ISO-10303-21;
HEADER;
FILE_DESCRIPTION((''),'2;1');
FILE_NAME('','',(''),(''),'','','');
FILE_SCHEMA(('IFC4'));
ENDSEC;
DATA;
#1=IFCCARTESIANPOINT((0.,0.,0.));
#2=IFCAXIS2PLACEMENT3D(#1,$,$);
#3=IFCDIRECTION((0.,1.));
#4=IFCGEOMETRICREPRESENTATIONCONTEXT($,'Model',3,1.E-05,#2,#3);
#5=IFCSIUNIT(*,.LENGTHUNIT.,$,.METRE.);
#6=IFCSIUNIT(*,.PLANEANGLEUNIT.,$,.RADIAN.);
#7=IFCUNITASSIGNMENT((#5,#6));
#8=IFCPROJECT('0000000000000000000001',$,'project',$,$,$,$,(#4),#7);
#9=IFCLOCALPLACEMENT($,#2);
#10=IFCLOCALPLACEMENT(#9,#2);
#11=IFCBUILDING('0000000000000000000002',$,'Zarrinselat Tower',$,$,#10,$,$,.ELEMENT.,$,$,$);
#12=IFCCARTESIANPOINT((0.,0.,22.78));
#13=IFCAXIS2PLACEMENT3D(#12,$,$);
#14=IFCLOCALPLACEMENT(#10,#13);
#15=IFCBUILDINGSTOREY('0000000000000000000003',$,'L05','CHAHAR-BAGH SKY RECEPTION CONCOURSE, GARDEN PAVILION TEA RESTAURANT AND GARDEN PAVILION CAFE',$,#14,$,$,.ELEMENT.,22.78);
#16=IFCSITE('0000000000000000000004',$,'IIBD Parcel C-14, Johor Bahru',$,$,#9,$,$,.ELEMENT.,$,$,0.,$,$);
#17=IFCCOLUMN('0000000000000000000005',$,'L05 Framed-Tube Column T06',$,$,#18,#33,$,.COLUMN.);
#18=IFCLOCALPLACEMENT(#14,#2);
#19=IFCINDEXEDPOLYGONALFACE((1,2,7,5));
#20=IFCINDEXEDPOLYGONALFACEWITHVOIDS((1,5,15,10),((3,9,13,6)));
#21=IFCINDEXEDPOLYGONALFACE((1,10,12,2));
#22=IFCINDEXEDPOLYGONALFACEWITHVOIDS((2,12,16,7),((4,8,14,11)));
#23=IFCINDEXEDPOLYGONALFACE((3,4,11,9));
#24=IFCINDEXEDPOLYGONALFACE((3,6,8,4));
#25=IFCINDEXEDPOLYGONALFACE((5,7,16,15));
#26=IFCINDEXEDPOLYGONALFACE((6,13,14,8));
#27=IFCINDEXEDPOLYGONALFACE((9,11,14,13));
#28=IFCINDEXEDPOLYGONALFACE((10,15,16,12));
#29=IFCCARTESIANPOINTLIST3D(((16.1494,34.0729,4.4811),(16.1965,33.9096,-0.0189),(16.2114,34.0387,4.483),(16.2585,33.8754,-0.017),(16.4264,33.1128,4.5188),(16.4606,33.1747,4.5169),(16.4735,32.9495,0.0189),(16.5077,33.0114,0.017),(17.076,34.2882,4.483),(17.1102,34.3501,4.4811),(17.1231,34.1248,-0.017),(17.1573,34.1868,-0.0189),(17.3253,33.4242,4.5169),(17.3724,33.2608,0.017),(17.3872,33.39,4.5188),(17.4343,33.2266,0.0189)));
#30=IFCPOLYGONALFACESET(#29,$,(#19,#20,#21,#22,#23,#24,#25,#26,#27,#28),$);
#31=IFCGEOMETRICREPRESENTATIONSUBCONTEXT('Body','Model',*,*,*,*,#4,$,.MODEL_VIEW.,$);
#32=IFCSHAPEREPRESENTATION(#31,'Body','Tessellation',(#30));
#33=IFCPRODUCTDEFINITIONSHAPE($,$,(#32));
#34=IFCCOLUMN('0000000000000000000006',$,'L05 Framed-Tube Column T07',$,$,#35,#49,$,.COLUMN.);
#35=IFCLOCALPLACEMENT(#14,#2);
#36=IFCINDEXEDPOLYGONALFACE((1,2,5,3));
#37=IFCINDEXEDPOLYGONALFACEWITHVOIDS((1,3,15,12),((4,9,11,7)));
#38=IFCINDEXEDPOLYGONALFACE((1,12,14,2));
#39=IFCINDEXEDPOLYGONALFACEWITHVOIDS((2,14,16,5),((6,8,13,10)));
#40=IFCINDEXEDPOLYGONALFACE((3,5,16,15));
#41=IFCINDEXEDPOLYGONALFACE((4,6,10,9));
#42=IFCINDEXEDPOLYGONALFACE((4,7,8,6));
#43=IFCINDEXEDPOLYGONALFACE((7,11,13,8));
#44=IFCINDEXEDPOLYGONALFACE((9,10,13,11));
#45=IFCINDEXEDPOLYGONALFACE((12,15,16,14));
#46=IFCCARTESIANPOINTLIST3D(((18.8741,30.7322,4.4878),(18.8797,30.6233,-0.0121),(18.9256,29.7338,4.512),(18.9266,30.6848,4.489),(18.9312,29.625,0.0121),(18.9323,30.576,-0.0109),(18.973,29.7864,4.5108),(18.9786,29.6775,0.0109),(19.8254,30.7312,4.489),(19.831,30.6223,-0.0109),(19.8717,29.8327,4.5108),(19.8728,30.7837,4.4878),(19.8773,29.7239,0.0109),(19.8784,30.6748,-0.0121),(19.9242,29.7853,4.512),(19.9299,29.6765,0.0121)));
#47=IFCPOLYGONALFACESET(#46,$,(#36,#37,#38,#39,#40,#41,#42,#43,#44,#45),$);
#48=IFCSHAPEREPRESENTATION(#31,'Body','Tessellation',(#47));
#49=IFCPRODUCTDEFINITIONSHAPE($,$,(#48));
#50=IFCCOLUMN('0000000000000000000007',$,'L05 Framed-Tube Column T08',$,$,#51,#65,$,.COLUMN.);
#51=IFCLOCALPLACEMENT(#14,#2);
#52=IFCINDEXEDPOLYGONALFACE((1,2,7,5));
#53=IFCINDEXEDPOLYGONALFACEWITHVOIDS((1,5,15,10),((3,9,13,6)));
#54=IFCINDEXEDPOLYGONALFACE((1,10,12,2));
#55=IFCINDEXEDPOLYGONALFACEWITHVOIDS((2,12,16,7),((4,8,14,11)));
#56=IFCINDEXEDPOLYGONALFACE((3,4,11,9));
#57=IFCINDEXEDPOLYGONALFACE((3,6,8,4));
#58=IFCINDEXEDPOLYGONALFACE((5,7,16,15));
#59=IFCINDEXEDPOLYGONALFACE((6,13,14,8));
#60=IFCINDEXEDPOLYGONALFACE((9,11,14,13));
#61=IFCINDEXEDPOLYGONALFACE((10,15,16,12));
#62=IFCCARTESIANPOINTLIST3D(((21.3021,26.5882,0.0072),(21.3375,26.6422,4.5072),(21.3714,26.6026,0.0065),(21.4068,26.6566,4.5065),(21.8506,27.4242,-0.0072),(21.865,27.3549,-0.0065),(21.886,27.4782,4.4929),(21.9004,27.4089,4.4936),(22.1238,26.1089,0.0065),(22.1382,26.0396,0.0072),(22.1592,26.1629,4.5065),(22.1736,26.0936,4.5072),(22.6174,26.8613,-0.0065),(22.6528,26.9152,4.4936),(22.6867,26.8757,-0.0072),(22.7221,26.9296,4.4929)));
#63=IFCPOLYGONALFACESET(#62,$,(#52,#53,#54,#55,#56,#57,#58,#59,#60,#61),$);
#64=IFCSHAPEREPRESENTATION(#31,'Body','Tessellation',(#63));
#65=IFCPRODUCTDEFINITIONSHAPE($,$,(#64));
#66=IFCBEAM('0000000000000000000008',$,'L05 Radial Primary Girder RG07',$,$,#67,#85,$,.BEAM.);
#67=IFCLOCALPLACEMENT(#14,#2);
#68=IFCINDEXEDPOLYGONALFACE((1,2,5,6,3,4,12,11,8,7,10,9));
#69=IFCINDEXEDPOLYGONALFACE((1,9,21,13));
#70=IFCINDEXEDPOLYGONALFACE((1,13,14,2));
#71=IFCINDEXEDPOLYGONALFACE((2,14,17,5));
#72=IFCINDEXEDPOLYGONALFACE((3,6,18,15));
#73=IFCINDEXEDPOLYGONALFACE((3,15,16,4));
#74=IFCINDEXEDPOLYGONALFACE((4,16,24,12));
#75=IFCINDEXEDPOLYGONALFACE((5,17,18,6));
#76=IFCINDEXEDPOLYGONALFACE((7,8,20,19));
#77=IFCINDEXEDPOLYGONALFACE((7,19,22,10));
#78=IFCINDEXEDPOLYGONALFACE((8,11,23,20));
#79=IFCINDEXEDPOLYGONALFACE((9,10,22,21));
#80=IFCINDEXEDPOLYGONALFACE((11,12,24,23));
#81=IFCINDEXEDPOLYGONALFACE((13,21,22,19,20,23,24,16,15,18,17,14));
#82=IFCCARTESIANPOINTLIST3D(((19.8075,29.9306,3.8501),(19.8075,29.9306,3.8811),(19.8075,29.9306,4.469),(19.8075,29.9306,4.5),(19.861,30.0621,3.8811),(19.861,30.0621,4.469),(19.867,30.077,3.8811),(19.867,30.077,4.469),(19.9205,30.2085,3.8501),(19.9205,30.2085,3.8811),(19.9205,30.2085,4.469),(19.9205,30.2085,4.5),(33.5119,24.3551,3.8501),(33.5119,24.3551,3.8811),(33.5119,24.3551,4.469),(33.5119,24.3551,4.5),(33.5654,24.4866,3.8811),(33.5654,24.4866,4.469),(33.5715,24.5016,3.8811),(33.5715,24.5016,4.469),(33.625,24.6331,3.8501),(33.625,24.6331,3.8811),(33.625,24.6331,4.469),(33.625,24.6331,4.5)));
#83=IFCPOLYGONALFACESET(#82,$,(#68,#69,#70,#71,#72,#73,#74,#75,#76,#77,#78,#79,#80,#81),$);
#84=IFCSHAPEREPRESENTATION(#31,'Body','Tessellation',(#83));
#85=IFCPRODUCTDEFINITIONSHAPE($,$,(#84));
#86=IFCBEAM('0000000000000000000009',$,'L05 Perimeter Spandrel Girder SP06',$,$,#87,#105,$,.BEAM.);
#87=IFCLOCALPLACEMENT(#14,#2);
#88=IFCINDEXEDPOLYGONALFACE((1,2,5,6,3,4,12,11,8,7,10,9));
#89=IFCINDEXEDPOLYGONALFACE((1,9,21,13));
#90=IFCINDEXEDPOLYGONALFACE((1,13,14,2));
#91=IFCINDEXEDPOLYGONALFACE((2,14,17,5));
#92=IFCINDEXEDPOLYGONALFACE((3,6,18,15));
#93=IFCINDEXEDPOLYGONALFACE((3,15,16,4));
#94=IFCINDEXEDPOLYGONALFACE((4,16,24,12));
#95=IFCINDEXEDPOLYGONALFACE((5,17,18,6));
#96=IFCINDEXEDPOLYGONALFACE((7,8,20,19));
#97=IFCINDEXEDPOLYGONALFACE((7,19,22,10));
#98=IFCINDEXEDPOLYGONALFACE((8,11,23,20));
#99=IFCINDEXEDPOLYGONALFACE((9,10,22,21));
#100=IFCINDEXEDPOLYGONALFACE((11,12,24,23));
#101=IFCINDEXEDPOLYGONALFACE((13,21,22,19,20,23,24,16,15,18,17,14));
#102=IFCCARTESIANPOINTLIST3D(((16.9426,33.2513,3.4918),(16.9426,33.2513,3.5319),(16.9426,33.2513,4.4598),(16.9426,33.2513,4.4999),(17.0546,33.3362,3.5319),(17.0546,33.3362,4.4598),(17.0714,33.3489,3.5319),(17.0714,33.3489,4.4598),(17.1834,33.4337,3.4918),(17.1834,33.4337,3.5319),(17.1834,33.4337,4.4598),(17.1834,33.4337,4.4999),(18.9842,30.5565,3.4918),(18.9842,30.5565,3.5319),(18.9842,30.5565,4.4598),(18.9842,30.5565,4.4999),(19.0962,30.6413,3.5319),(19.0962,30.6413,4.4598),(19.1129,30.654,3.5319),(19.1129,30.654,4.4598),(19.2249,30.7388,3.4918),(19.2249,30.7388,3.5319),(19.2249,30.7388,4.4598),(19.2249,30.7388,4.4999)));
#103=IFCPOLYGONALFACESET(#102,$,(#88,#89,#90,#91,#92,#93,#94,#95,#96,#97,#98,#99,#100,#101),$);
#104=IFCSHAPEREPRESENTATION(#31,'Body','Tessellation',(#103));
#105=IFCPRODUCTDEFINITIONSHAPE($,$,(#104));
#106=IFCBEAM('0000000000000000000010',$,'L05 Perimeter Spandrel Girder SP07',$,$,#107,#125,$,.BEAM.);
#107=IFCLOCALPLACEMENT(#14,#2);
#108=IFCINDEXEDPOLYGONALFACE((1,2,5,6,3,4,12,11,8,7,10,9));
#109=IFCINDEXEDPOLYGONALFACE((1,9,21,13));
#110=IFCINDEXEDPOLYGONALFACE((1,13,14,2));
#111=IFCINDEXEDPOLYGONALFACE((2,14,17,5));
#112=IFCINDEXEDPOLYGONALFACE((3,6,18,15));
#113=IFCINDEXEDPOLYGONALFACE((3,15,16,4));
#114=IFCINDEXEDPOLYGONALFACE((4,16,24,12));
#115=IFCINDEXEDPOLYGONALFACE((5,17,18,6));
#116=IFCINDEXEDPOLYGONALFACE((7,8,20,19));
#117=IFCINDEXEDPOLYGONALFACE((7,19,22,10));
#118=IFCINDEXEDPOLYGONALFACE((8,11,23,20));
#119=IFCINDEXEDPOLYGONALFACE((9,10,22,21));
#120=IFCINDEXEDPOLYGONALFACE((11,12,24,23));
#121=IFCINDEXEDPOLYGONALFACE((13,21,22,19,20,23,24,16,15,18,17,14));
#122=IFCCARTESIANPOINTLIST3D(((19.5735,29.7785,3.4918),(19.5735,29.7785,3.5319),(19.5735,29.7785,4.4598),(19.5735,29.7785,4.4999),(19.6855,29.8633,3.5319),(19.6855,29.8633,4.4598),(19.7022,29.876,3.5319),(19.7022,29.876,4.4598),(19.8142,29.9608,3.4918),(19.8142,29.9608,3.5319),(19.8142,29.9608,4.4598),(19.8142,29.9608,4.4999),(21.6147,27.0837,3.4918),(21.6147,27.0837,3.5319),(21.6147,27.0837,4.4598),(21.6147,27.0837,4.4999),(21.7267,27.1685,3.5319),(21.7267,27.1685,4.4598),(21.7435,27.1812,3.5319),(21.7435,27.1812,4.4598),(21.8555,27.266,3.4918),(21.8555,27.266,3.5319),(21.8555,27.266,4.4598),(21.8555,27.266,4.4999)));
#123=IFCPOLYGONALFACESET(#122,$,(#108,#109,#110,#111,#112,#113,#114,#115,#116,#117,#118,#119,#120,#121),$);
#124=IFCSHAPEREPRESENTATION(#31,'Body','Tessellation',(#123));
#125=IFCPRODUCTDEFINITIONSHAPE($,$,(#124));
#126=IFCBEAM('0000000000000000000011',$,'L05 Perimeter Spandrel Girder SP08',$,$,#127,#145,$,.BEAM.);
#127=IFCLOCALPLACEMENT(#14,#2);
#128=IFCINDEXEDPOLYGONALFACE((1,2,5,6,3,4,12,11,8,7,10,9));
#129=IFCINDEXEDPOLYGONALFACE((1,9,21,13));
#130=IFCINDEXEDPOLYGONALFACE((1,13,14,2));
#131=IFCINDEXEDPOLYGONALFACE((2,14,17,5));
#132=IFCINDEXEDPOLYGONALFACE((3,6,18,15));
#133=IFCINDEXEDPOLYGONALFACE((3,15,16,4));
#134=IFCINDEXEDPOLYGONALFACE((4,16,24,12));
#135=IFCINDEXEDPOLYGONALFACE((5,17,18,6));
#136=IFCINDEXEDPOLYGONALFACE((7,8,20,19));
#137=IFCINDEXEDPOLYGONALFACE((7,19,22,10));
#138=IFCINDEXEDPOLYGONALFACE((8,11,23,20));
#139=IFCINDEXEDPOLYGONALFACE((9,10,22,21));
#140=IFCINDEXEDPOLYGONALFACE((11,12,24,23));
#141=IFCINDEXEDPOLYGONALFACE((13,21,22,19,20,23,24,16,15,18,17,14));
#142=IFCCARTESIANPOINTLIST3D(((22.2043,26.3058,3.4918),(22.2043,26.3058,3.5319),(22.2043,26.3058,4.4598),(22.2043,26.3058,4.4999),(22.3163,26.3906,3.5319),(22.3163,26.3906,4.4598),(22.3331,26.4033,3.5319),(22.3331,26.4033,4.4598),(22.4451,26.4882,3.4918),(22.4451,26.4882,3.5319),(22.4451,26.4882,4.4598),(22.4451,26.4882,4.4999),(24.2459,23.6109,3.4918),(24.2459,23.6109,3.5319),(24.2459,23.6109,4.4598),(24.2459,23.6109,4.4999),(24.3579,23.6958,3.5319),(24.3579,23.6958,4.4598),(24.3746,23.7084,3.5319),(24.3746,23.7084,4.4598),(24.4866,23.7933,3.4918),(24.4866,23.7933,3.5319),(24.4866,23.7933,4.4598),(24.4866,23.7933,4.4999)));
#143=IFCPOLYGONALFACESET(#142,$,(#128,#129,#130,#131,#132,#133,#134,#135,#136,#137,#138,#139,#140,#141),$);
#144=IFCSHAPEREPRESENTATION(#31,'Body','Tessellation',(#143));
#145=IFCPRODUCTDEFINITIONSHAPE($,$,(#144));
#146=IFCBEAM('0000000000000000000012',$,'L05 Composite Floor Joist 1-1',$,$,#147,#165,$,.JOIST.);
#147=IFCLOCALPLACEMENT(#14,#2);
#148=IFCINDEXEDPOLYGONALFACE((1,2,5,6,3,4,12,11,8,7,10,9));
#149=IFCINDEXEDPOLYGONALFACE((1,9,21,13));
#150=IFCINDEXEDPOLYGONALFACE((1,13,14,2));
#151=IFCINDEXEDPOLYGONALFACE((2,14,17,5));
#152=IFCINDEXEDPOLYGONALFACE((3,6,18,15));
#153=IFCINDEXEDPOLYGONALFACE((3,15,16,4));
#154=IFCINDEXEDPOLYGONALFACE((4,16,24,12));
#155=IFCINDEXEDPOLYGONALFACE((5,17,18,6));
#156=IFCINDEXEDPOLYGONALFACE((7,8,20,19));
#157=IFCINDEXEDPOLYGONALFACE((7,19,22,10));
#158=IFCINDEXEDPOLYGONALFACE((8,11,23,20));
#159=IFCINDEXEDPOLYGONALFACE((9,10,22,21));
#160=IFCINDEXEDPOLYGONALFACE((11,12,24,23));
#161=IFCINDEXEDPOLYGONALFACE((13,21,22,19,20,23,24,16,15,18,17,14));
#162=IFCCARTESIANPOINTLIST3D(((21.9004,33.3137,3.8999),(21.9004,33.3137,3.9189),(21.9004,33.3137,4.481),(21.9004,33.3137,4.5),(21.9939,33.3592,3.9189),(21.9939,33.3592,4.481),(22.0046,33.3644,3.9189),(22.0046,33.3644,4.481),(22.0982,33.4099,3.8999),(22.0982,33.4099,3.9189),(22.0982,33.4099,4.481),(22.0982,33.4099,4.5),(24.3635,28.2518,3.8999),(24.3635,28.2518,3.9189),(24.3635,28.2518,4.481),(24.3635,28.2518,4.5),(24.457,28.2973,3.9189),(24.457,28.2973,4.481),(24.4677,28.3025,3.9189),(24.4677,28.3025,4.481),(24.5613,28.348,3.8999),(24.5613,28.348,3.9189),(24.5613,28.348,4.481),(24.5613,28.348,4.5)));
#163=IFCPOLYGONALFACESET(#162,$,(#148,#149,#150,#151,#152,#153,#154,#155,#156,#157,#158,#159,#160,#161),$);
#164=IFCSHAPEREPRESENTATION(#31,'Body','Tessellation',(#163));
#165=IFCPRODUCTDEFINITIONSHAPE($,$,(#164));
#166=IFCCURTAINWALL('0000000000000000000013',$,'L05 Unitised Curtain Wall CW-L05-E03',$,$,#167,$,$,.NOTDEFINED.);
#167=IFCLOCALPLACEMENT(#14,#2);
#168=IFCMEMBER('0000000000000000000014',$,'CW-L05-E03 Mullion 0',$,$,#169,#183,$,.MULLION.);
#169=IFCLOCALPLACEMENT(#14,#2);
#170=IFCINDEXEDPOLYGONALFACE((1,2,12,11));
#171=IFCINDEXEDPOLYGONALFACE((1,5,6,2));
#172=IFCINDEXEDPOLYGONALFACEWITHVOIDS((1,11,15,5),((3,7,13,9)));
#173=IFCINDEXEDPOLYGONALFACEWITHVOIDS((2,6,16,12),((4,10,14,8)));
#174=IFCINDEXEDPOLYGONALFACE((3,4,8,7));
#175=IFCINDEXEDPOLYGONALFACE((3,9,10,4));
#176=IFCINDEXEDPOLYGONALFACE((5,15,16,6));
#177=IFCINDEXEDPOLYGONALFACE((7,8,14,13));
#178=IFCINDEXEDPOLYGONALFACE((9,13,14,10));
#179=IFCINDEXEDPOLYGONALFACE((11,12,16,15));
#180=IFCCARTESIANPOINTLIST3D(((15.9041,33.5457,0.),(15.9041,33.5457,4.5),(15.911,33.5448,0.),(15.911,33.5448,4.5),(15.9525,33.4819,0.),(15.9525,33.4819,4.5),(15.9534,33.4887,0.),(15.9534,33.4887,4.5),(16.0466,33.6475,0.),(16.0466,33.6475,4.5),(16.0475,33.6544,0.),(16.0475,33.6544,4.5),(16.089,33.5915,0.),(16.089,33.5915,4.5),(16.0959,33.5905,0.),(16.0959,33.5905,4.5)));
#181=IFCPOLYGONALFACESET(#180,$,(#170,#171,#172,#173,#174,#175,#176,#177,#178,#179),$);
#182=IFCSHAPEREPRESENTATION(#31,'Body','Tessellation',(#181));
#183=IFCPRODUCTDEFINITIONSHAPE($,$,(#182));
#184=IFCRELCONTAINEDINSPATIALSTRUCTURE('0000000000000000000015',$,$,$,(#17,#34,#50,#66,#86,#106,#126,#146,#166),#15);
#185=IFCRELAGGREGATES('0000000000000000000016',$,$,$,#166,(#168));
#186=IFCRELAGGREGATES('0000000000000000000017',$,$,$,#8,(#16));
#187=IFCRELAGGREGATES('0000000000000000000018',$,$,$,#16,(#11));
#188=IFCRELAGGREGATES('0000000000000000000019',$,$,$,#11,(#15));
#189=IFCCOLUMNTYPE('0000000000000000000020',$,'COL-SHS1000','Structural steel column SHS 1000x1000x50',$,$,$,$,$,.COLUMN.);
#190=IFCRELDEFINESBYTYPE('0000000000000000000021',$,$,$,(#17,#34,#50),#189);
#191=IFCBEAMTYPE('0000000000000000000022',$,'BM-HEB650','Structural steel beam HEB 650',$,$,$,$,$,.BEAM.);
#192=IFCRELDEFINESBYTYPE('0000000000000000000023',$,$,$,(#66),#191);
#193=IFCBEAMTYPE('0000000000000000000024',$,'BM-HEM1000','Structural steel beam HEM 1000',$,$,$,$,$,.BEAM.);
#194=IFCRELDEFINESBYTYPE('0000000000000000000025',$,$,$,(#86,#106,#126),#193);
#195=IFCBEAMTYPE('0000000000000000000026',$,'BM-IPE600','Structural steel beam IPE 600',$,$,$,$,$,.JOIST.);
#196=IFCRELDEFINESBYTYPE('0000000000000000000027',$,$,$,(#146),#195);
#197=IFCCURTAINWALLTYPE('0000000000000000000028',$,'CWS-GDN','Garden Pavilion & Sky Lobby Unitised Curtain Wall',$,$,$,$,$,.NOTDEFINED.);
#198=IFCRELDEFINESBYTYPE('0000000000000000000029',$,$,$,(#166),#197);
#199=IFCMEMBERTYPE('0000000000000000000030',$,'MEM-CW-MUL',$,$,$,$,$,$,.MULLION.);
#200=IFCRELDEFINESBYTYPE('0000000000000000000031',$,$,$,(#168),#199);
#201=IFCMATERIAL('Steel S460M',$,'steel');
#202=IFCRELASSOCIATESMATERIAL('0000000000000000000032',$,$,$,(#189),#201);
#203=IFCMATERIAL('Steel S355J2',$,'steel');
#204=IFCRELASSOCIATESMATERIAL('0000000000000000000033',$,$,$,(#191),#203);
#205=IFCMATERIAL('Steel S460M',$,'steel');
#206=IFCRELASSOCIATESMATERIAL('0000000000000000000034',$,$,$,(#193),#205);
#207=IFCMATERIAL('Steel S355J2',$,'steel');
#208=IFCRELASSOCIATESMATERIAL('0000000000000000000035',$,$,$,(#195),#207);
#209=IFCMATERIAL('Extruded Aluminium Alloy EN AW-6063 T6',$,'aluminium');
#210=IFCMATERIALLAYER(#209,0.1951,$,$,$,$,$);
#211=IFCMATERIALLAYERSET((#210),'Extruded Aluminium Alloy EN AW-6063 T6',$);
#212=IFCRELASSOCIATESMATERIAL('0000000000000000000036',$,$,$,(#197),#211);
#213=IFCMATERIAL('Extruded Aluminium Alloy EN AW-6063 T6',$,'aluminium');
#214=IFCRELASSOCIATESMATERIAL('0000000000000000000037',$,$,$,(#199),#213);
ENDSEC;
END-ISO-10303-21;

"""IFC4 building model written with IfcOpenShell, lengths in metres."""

from ifc_helpers import new_model, si_unit, direction, frame, origin, origin_2d, place, context, subcontext, project, spatial, hollow_rectangle, i_section, extrude, material, layer, layer_set, material_profile, profile_set, type_object, element, aggregate, save


model = new_model("IFC4")

# Units and contexts
model_context = context("Model", 3, precision=1e-05, world=origin(), true_north=direction((0.0, 1.0)))
body_context = subcontext(model_context, "Body", "Model", "MODEL_VIEW")
ifc_project = project(units=[si_unit("LENGTHUNIT", "METRE"), si_unit("PLANEANGLEUNIT", "RADIAN")], contexts=[model_context])

# Site, building, storey
site_placement = place(None, origin())
site = spatial("IfcSite", under=ifc_project, at=site_placement, Name="IIBD Parcel C-14, Johor Bahru", CompositionType="ELEMENT", RefElevation=0.0)
building_placement = place(site_placement, origin())
building = spatial("IfcBuilding", under=site, at=building_placement, Name="Zarrinselat Tower", CompositionType="ELEMENT")
storey_placement = place(building_placement, frame((0.0, 0.0, 22.78)))
storey = spatial("IfcBuildingStorey", under=building, at=storey_placement, Name="L05", Description="CHAHAR-BAGH SKY RECEPTION CONCOURSE, GARDEN PAVILION TEA RESTAURANT AND GARDEN PAVILION CAFE", CompositionType="ELEMENT", Elevation=22.78)

# Columns
ifc_material_1 = material(Name="Steel S460M", Category="steel")
ifc_material_profile_1 = material_profile(ifc_material_1, hollow_rectangle(XDim=1.0, YDim=1.0, WallThickness=0.05, at=origin_2d()), Name="SHS 1000x1000x50")
ifc_profile_set_1 = profile_set([ifc_material_profile_1], Name="Steel S460M")
column_type = type_object("IfcColumnType", Name="COL-SHS1000", Description="Structural steel column SHS 1000x1000x50", PredefinedType="COLUMN", material=ifc_profile_set_1)
column_1_placement = place(storey_placement, frame((16.8154, 33.5681, 0.0), z_axis=(-0.010463, 0.03627, 0.999287), x_axis=(-0.960816, -0.277186, 0.0)))
element("IfcColumn", 1, at=column_1_placement, inside=storey, type_object=column_type, Name="L05 Framed-Tube Column T06", PredefinedType="COLUMN", context=body_context, shape_type="SweptSolid", body=[
    extrude(hollow_rectangle(XDim=1.0, YDim=1.0, WallThickness=0.05, at=origin_2d()), origin(), (0.0, 0.0, 1.0), 4.5032),
])
column_2_placement = place(storey_placement, frame((19.4048, 30.1499, 0.0), z_axis=(-0.001247, 0.02419, 0.999707), x_axis=(-0.998673, -0.051501, 0.0)))
element("IfcColumn", 2, at=column_2_placement, inside=storey, type_object=column_type, Name="L05 Framed-Tube Column T07", PredefinedType="COLUMN", context=body_context, shape_type="SweptSolid", body=[
    extrude(hollow_rectangle(XDim=1.0, YDim=1.0, WallThickness=0.05, at=origin_2d()), origin(), (0.0, 0.0, 1.0), 4.5012),
])
column_3_placement = place(storey_placement, frame((21.9944, 26.7319, 0.0), z_axis=(0.007866, 0.011989, 0.999897), x_axis=(-0.836102, 0.548574, 0.0)))
element("IfcColumn", 3, at=column_3_placement, inside=storey, type_object=column_type, Name="L05 Framed-Tube Column T08", PredefinedType="COLUMN", context=body_context, shape_type="SweptSolid", body=[
    extrude(hollow_rectangle(XDim=1.0, YDim=1.0, WallThickness=0.05, at=origin_2d()), origin(), (0.0, 0.0, 1.0), 4.5005),
])

# Beams
ifc_material_2 = material(Name="Steel S355J2", Category="steel")
ifc_material_profile_2 = material_profile(ifc_material_2, i_section(OverallWidth=0.3, OverallDepth=0.6499, WebThickness=0.0161, FlangeThickness=0.031, at=origin_2d()), Name="HEB 650")
ifc_profile_set_2 = profile_set([ifc_material_profile_2], Name="Steel S355J2")
beam_type_1 = type_object("IfcBeamType", Name="BM-HEB650", Description="Structural steel beam HEB 650", PredefinedType="BEAM", material=ifc_profile_set_2)
beam_1_placement = place(storey_placement, frame((19.864, 30.0696, 4.175), z_axis=(0.926277, -0.376844, 0.0), x_axis=(0.376844, 0.926277, 0.0)))
element("IfcBeam", 4, at=beam_1_placement, inside=storey, type_object=beam_type_1, Name="L05 Radial Primary Girder RG07", PredefinedType="BEAM", context=body_context, shape_type="SweptSolid", body=[
    extrude(i_section(OverallWidth=0.3, OverallDepth=0.6499, WebThickness=0.0161, FlangeThickness=0.031, at=origin_2d()), origin(), (0.0, 0.0, 1.0), 14.7952),
])
ifc_material_3 = material(Name="Steel S460M", Category="steel")
ifc_material_profile_3 = material_profile(ifc_material_3, i_section(OverallWidth=0.302, OverallDepth=1.0081, WebThickness=0.021, FlangeThickness=0.04, at=origin_2d()), Name="HEM 1000")
ifc_profile_set_3 = profile_set([ifc_material_profile_3], Name="Steel S460M")
beam_type_2 = type_object("IfcBeamType", Name="BM-HEM1000", Description="Structural steel beam HEM 1000", PredefinedType="BEAM", material=ifc_profile_set_3)
beam_2_placement = place(storey_placement, frame((17.063, 33.3425, 3.9958), z_axis=(0.603852, -0.797096, 0.0), x_axis=(0.797096, 0.603852, 0.0)))
element("IfcBeam", 5, at=beam_2_placement, inside=storey, type_object=beam_type_2, Name="L05 Perimeter Spandrel Girder SP06", PredefinedType="BEAM", context=body_context, shape_type="SweptSolid", body=[
    extrude(i_section(OverallWidth=0.302, OverallDepth=1.0081, WebThickness=0.021, FlangeThickness=0.04, at=origin_2d()), origin(), (0.0, 0.0, 1.0), 3.3809),
])
beam_3_placement = place(storey_placement, frame((19.6938, 29.8696, 3.9958), z_axis=(0.603806, -0.797131, 0.0), x_axis=(0.797131, 0.603806, 0.0)))
element("IfcBeam", 6, at=beam_3_placement, inside=storey, type_object=beam_type_2, Name="L05 Perimeter Spandrel Girder SP07", PredefinedType="BEAM", context=body_context, shape_type="SweptSolid", body=[
    extrude(i_section(OverallWidth=0.302, OverallDepth=1.0081, WebThickness=0.021, FlangeThickness=0.04, at=origin_2d()), origin(), (0.0, 0.0, 1.0), 3.3806),
])
beam_4_placement = place(storey_placement, frame((22.3247, 26.397, 3.9958), z_axis=(0.603852, -0.797096, 0.0), x_axis=(0.797096, 0.603852, 0.0)))
element("IfcBeam", 7, at=beam_4_placement, inside=storey, type_object=beam_type_2, Name="L05 Perimeter Spandrel Girder SP08", PredefinedType="BEAM", context=body_context, shape_type="SweptSolid", body=[
    extrude(i_section(OverallWidth=0.302, OverallDepth=1.0081, WebThickness=0.021, FlangeThickness=0.04, at=origin_2d()), origin(), (0.0, 0.0, 1.0), 3.3809),
])
ifc_material_4 = material(Name="Steel S355J2", Category="steel")
ifc_material_profile_4 = material_profile(ifc_material_4, i_section(OverallWidth=0.22, OverallDepth=0.6001, WebThickness=0.012, FlangeThickness=0.019, at=origin_2d()), Name="IPE 600")
ifc_profile_set_4 = profile_set([ifc_material_profile_4], Name="Steel S355J2")
beam_type_3 = type_object("IfcBeamType", Name="BM-IPE600", Description="Structural steel beam IPE 600", PredefinedType="JOIST", material=ifc_profile_set_4)
beam_5_placement = place(storey_placement, frame((21.9993, 33.3618, 4.2), z_axis=(0.437542, -0.899198, 0.0), x_axis=(0.899198, 0.437542, 0.0)))
element("IfcBeam", 8, at=beam_5_placement, inside=storey, type_object=beam_type_3, Name="L05 Composite Floor Joist 1-1", PredefinedType="JOIST", context=body_context, shape_type="SweptSolid", body=[
    extrude(i_section(OverallWidth=0.22, OverallDepth=0.6001, WebThickness=0.012, FlangeThickness=0.019, at=origin_2d()), origin(), (0.0, 0.0, 1.0), 5.6294),
])

# Curtain wall, member
ifc_material_5 = material(Name="Extruded Aluminium Alloy EN AW-6063 T6", Category="aluminium")
ifc_layer_1 = layer(ifc_material_5, 0.1951)
ifc_layer_set_1 = layer_set([ifc_layer_1], Name="Extruded Aluminium Alloy EN AW-6063 T6")
curtain_wall_type = type_object("IfcCurtainWallType", Name="CWS-GDN", Description="Garden Pavilion & Sky Lobby Unitised Curtain Wall", PredefinedType="NOTDEFINED", material=ifc_layer_set_1)
curtain_wall_placement = place(storey_placement, origin())
curtain_wall = element("IfcCurtainWall", 9, at=curtain_wall_placement, inside=storey, type_object=curtain_wall_type, Name="L05 Unitised Curtain Wall CW-L05-E03", PredefinedType="NOTDEFINED")
ifc_material_6 = material(Name="Extruded Aluminium Alloy EN AW-6063 T6", Category="aluminium")
ifc_material_profile_5 = material_profile(ifc_material_6, hollow_rectangle(XDim=0.0801, YDim=0.1799, WallThickness=0.0049, at=origin_2d()), Name="RHS 180x80x5")
ifc_profile_set_5 = profile_set([ifc_material_profile_5], Name="Extruded Aluminium Alloy EN AW-6063 T6")
member_type_1 = type_object("IfcMemberType", Name="MEM-CW-MUL", PredefinedType="MULLION", material=ifc_profile_set_5)
member_1_placement = place(storey_placement, frame((16.0, 33.5681, 0.0), z_axis=(0.0, 0.0, 1.0), x_axis=(0.603858, -0.797092, 0.0)))
member_1 = element("IfcMember", 10, at=member_1_placement, type_object=member_type_1, Name="CW-L05-E03 Mullion 0", PredefinedType="MULLION", context=body_context, shape_type="SweptSolid", body=[
    extrude(hollow_rectangle(XDim=0.0801, YDim=0.1799, WallThickness=0.0049, at=origin_2d()), origin(), (0.0, 0.0, 1.0), 4.5),
])
aggregate(curtain_wall, [member_1])

save(model, "model.ifc")
